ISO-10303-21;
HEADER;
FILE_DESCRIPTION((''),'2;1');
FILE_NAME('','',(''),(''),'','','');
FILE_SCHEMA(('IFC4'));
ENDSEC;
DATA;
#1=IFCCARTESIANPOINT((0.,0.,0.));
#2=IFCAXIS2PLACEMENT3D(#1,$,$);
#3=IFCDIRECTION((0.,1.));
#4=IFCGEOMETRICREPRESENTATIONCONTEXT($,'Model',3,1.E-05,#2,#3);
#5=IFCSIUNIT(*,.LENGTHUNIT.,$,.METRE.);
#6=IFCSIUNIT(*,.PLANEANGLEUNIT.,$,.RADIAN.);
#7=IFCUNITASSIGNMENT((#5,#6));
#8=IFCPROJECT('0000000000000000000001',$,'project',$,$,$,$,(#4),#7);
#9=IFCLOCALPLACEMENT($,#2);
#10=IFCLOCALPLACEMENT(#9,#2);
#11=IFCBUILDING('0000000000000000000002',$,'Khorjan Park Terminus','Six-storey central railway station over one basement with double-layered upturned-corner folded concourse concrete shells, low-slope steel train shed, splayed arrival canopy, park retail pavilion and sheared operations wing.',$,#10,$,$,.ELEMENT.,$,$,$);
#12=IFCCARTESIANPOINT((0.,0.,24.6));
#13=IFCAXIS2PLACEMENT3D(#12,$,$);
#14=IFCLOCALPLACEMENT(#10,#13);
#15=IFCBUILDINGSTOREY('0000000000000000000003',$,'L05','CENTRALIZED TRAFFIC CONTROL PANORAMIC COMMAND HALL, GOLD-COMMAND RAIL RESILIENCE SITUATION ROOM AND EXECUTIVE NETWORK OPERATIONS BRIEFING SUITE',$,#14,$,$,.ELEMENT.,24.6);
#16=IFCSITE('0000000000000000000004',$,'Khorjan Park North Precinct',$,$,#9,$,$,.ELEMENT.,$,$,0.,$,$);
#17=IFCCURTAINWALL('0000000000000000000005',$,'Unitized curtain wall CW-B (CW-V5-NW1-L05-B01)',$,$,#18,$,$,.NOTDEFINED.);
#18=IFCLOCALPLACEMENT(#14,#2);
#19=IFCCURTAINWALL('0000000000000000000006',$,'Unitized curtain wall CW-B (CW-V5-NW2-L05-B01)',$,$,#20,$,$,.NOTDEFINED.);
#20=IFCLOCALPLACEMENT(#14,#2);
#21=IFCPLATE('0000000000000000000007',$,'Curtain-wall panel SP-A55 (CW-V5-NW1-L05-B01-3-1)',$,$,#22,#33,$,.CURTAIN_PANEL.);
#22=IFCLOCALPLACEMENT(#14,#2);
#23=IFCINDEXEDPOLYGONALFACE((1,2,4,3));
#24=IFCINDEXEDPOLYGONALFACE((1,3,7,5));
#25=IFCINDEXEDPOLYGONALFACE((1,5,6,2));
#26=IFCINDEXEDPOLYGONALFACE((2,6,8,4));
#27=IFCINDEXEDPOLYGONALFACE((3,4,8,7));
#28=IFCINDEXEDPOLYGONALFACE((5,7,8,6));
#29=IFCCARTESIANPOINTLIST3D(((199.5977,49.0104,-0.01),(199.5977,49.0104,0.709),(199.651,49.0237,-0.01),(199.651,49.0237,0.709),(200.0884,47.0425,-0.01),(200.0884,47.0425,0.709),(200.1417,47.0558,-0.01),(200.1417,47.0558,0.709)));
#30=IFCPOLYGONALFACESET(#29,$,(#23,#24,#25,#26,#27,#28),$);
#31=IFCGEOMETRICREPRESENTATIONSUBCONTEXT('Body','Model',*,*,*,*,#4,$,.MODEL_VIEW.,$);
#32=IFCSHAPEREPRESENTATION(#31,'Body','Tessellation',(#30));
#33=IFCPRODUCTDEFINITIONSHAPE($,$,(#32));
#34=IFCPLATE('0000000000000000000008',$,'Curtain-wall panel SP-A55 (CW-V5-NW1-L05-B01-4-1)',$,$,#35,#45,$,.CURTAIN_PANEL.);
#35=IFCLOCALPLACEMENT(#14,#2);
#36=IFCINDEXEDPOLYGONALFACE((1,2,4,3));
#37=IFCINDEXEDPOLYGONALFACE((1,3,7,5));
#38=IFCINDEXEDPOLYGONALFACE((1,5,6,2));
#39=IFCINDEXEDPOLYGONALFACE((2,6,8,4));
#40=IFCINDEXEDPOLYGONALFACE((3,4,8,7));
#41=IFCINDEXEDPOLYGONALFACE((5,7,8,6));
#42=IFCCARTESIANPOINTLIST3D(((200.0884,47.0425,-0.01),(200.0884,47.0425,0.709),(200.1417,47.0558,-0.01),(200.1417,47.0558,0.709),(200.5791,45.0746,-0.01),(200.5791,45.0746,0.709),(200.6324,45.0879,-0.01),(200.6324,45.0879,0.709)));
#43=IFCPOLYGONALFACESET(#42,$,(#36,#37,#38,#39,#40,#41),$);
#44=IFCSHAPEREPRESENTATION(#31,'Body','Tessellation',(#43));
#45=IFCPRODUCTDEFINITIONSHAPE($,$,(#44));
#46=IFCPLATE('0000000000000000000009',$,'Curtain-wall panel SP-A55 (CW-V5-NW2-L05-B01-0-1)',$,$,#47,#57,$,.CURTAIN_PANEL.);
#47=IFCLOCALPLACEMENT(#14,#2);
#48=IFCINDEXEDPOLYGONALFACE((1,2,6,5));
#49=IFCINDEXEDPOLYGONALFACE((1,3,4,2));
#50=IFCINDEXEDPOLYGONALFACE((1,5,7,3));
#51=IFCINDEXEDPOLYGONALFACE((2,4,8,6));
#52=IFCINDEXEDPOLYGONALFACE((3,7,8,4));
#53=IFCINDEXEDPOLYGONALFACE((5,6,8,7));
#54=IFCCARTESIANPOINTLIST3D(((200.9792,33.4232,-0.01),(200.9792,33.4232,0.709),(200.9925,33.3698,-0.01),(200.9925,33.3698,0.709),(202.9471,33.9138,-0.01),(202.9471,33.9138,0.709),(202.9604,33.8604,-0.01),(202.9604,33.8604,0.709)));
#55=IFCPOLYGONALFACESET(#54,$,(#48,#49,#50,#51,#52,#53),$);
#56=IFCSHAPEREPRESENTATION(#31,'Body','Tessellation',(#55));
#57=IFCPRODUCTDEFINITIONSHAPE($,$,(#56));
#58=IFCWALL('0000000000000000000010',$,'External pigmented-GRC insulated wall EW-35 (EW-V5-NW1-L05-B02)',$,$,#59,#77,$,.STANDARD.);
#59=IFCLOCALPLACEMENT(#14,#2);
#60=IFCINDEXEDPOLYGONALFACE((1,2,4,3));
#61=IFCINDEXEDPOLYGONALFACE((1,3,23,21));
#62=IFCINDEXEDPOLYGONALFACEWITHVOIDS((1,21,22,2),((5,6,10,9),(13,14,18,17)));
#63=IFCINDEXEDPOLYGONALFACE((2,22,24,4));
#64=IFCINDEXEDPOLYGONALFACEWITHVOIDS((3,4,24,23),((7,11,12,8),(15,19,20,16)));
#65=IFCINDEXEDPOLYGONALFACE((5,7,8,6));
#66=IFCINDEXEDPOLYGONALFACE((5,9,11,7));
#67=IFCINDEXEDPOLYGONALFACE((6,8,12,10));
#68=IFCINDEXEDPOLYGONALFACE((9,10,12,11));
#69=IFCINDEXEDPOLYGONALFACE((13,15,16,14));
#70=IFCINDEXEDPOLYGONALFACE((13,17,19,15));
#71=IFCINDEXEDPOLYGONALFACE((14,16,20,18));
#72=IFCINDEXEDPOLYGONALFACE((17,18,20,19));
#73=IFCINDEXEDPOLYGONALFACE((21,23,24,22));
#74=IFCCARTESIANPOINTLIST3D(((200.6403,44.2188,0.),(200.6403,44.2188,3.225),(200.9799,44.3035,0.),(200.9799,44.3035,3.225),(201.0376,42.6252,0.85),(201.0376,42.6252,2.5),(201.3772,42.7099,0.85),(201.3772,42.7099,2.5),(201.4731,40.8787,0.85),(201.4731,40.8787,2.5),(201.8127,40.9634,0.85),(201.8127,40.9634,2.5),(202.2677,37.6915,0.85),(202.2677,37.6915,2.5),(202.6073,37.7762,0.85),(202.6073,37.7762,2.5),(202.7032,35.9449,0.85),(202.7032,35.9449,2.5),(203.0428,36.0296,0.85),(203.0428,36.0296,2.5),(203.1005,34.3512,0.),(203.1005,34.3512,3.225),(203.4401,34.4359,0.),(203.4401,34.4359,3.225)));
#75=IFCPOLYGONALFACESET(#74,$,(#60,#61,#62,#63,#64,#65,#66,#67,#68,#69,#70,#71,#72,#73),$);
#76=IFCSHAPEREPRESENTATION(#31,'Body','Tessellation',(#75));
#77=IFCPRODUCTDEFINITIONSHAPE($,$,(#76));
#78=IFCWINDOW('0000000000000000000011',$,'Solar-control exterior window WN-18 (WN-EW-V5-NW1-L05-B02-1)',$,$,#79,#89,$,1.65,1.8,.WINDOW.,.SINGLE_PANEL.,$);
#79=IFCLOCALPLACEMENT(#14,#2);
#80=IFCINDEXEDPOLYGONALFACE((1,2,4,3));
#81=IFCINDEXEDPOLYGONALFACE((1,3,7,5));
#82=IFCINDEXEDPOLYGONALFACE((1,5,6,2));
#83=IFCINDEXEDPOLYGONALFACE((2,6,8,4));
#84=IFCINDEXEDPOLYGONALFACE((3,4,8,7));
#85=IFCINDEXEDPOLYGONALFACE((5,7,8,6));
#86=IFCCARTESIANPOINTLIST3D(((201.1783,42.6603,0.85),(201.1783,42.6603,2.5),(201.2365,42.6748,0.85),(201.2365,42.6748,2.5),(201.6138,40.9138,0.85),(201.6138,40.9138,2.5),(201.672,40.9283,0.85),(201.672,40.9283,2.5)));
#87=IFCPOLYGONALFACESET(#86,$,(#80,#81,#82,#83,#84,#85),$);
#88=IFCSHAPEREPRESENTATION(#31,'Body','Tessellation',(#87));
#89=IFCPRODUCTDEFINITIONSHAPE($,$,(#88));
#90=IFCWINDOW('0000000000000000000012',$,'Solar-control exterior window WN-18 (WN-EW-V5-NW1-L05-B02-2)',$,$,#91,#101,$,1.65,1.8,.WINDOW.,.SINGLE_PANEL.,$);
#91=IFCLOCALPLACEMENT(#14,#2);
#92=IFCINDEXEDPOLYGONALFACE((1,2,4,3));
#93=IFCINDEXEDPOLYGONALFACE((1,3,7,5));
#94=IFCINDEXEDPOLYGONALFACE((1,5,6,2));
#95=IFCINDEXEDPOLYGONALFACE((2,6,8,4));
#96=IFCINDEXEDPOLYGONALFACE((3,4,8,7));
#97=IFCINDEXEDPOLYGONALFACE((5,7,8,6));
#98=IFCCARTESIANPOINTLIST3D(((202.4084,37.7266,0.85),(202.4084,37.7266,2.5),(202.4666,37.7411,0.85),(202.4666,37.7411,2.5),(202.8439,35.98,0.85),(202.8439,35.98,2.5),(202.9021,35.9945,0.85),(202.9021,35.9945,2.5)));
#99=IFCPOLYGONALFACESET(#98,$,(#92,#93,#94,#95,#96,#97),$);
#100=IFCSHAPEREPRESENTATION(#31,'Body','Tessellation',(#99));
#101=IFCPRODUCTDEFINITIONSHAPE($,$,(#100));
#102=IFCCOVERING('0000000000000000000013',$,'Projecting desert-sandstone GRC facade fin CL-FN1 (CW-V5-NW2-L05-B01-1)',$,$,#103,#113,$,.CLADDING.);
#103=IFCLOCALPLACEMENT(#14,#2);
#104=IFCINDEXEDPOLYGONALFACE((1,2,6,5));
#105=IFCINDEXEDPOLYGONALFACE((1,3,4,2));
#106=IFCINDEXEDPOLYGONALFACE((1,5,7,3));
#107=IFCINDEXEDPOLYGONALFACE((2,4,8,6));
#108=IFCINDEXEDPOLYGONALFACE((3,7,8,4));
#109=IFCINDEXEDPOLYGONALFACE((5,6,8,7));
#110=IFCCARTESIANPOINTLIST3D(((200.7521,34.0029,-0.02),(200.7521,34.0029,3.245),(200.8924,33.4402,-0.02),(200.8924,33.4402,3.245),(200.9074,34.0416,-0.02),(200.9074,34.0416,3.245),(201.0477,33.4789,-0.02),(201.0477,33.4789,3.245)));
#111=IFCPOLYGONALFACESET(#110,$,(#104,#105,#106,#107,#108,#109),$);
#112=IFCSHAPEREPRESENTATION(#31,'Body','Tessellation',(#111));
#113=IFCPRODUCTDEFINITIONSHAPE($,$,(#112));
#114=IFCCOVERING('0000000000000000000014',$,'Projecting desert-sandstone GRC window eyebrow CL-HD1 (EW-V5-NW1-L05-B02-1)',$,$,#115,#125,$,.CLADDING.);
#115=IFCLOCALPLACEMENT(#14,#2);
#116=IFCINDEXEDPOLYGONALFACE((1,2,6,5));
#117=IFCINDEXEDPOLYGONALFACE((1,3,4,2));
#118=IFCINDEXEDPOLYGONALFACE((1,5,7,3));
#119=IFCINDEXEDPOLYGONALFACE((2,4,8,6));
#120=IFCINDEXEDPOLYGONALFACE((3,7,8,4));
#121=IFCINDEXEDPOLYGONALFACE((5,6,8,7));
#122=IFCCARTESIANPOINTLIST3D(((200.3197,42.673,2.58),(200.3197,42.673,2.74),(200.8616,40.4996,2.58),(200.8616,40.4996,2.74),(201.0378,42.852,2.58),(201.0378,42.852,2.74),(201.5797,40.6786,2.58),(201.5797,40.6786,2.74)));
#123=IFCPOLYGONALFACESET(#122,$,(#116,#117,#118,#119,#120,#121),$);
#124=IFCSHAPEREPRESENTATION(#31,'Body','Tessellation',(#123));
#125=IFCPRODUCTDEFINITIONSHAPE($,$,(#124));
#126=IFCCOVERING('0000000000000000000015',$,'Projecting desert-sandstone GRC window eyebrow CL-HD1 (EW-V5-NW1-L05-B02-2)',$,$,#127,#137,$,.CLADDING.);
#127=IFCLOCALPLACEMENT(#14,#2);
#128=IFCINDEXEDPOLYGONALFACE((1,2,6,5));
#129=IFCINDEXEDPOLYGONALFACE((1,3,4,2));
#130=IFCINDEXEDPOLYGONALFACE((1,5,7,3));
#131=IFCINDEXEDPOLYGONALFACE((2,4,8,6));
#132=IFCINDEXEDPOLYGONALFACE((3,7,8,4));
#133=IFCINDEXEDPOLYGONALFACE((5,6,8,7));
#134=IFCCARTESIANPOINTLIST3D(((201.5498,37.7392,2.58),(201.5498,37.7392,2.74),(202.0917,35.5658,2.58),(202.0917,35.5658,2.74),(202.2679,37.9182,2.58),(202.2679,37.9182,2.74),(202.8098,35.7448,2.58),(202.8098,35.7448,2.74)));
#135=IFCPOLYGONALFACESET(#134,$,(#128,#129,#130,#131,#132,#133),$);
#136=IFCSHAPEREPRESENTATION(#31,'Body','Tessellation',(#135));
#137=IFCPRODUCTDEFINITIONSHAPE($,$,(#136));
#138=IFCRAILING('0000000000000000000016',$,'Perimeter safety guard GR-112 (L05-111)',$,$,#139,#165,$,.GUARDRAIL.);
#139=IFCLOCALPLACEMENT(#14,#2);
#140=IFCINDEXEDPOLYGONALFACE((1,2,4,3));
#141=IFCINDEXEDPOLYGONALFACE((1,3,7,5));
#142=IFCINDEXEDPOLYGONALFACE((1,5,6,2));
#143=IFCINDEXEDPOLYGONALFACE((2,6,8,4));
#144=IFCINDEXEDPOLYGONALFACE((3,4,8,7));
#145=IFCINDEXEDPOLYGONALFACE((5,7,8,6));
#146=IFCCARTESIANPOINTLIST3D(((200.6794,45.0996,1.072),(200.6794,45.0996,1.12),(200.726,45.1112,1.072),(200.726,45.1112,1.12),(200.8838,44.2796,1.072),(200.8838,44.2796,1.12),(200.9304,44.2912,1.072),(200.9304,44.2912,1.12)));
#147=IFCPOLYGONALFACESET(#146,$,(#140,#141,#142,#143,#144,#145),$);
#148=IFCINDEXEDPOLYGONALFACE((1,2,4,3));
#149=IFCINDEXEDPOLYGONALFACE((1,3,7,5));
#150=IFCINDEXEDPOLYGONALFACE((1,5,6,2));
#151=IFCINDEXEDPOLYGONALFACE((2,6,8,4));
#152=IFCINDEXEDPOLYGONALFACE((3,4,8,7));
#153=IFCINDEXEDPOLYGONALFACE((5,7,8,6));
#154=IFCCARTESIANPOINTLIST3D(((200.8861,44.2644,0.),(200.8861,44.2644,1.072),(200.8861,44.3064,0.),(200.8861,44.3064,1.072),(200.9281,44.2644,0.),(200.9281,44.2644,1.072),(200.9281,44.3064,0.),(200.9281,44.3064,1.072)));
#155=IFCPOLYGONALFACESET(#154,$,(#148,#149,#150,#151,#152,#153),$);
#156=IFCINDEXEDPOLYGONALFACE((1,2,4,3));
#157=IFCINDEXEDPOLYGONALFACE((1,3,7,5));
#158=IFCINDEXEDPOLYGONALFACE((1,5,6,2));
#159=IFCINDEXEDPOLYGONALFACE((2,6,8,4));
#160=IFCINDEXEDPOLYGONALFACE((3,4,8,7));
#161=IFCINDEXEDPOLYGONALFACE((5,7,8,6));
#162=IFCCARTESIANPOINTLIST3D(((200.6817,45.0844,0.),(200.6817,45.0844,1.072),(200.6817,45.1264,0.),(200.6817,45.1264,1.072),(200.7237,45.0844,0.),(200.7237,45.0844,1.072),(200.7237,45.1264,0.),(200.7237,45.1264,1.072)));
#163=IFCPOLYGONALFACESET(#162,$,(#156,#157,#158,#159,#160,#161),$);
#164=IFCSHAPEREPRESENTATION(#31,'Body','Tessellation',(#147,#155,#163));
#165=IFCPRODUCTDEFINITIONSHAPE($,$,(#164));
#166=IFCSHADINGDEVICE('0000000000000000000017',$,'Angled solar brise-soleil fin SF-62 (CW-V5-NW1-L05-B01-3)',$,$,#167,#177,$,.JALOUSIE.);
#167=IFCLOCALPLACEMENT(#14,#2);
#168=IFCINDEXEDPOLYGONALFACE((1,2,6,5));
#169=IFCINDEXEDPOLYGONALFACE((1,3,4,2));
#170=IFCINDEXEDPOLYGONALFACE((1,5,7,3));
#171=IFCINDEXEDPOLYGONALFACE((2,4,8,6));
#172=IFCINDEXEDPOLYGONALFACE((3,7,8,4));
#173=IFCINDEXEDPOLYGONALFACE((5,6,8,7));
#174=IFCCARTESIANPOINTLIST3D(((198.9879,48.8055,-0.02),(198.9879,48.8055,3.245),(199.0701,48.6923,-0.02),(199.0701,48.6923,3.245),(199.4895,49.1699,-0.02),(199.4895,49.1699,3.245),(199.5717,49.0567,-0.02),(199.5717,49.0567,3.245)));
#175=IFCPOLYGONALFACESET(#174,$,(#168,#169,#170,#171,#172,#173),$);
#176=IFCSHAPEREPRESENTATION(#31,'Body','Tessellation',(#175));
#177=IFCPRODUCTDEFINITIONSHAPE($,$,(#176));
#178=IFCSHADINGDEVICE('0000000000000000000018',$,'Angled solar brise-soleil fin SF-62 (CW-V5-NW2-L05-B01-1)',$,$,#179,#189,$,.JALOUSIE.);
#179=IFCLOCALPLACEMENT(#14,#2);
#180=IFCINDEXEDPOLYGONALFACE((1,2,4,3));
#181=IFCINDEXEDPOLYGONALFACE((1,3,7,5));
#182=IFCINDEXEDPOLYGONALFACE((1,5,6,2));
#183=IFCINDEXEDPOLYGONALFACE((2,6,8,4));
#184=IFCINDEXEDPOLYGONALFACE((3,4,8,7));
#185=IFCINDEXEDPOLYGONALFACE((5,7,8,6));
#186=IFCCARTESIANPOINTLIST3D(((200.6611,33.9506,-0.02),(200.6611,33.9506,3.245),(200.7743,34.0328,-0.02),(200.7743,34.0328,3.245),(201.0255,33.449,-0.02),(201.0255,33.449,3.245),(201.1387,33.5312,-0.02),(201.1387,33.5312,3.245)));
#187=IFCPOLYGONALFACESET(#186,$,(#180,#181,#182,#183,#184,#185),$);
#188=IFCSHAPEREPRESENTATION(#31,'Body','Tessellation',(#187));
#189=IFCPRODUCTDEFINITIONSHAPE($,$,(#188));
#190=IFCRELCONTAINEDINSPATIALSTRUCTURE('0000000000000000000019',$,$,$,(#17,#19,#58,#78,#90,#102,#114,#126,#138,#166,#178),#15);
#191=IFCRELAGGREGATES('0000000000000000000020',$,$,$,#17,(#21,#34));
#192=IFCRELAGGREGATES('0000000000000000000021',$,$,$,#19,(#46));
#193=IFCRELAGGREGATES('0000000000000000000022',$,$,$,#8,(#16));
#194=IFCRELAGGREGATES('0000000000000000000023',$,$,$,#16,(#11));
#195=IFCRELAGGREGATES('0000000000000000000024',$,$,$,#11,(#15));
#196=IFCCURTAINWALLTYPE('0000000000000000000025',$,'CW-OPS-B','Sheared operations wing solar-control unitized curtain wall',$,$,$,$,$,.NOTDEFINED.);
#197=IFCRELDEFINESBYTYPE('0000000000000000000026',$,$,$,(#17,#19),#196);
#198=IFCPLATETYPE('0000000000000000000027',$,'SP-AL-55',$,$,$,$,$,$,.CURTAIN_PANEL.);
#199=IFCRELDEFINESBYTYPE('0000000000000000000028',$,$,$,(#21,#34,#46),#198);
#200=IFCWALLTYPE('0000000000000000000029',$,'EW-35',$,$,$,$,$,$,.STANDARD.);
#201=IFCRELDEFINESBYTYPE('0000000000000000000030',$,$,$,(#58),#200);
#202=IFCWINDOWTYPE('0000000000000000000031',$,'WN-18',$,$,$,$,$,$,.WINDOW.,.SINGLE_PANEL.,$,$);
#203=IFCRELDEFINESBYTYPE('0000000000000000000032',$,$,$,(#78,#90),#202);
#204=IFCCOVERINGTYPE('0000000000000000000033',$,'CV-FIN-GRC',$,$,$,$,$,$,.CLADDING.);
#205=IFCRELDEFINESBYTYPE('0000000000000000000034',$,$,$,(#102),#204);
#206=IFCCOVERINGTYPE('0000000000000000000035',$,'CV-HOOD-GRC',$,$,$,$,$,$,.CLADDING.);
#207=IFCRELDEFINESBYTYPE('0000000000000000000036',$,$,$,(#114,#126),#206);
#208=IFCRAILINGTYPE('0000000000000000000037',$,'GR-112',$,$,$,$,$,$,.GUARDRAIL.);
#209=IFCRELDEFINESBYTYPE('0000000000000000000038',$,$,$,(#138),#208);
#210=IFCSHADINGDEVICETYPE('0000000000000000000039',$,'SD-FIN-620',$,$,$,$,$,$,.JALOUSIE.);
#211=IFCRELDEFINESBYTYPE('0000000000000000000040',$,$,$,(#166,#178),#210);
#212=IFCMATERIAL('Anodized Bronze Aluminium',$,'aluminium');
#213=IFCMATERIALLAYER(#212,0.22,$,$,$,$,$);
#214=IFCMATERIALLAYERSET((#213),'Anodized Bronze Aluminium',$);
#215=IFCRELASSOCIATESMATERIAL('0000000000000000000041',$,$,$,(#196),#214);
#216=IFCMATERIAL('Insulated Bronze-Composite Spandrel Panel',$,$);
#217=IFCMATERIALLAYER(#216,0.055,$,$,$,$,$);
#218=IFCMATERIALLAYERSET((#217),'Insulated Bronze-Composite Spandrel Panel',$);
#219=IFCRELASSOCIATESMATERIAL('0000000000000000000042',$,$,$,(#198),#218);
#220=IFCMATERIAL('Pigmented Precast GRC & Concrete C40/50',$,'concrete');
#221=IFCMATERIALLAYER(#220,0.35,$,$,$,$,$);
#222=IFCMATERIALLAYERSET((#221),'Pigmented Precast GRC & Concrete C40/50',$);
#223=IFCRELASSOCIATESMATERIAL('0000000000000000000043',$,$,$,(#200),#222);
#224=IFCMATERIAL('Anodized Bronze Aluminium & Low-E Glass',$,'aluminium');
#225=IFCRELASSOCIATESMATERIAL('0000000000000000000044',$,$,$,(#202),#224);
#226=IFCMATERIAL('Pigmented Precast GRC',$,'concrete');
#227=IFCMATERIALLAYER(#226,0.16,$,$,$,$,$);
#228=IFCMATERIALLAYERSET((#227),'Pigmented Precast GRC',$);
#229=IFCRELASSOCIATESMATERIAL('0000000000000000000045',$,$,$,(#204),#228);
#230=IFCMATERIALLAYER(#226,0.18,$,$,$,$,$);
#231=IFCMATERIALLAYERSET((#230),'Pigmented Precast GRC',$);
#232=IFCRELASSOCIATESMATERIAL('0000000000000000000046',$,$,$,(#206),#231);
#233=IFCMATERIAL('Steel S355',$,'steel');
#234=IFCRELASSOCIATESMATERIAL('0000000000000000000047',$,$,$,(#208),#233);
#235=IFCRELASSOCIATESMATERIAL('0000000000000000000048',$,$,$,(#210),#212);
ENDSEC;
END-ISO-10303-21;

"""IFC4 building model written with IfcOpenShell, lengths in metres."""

from ifc_helpers import new_model, si_unit, direction, frame, frame_2d, origin, origin_2d, place, context, subcontext, project, spatial, rectangle, extrude, material, layer, layer_set, type_object, element, fill, aggregate, save


model = new_model("IFC4")

# Units and contexts
model_context = context("Model", 3, precision=1e-05, world=origin(), true_north=direction((0.0, 1.0)))
body_context = subcontext(model_context, "Body", "Model", "MODEL_VIEW")
ifc_project = project(units=[si_unit("LENGTHUNIT", "METRE"), si_unit("PLANEANGLEUNIT", "RADIAN")], contexts=[model_context])

# Site, building, storey
site_placement = place(None, origin())
site = spatial("IfcSite", under=ifc_project, at=site_placement, Name="Khorjan Park North Precinct", CompositionType="ELEMENT", RefElevation=0.0)
building_placement = place(site_placement, origin())
building = spatial("IfcBuilding", under=site, at=building_placement, Name="Khorjan Park Terminus", Description="Six-storey central railway station over one basement with double-layered upturned-corner folded concourse concrete shells, low-slope steel train shed, splayed arrival canopy, park retail pavilion and sheared operations wing.", CompositionType="ELEMENT")
storey_placement = place(building_placement, frame((0.0, 0.0, 24.6)))
storey = spatial("IfcBuildingStorey", under=building, at=storey_placement, Name="L05", Description="CENTRALIZED TRAFFIC CONTROL PANORAMIC COMMAND HALL, GOLD-COMMAND RAIL RESILIENCE SITUATION ROOM AND EXECUTIVE NETWORK OPERATIONS BRIEFING SUITE", CompositionType="ELEMENT", Elevation=24.6)

# Shared definitions
ifc_material_1 = material(Name="Steel S355", Category="steel")

# Curtain wall
ifc_material_2 = material(Name="Anodized Bronze Aluminium", Category="aluminium")
ifc_layer_1 = layer(ifc_material_2, 0.22)
ifc_layer_set_1 = layer_set([ifc_layer_1], Name="Anodized Bronze Aluminium")
curtain_wall_type = type_object("IfcCurtainWallType", Name="CW-OPS-B", Description="Sheared operations wing solar-control unitized curtain wall", PredefinedType="NOTDEFINED", material=ifc_layer_set_1)
curtain_wall_1_placement = place(storey_placement, origin())
curtain_wall_1 = element("IfcCurtainWall", 1, at=curtain_wall_1_placement, inside=storey, type_object=curtain_wall_type, Name="Unitized curtain wall CW-B (CW-V5-NW1-L05-B01)", PredefinedType="NOTDEFINED")

# Curtain wall
curtain_wall_2_placement = place(storey_placement, origin())
curtain_wall_2 = element("IfcCurtainWall", 2, at=curtain_wall_2_placement, inside=storey, type_object=curtain_wall_type, Name="Unitized curtain wall CW-B (CW-V5-NW2-L05-B01)", PredefinedType="NOTDEFINED")

# Plates
ifc_material_3 = material(Name="Insulated Bronze-Composite Spandrel Panel")
ifc_layer_2 = layer(ifc_material_3, 0.055)
ifc_layer_set_2 = layer_set([ifc_layer_2], Name="Insulated Bronze-Composite Spandrel Panel")
plate_type_1 = type_object("IfcPlateType", Name="SP-AL-55", PredefinedType="CURTAIN_PANEL", material=ifc_layer_set_2)
plate_1_placement = place(storey_placement, frame((199.8697, 48.0331, -0.01), z_axis=(0.0, 0.0, 1.0), x_axis=(0.241932, -0.970293, 0.0)))
plate_1 = element("IfcPlate", 3, at=plate_1_placement, type_object=plate_type_1, Name="Curtain-wall panel SP-A55 (CW-V5-NW1-L05-B01-3-1)", PredefinedType="CURTAIN_PANEL", context=body_context, shape_type="SweptSolid", body=[
    extrude(rectangle(XDim=2.0282, YDim=0.055, at=origin_2d()), origin(), (0.0, 0.0, 1.0), 0.719),
])
plate_2_placement = place(storey_placement, frame((200.3604, 46.0652, -0.01), z_axis=(0.0, 0.0, 1.0), x_axis=(0.241932, -0.970293, 0.0)))
plate_2 = element("IfcPlate", 4, at=plate_2_placement, type_object=plate_type_1, Name="Curtain-wall panel SP-A55 (CW-V5-NW1-L05-B01-4-1)", PredefinedType="CURTAIN_PANEL", context=body_context, shape_type="SweptSolid", body=[
    extrude(rectangle(XDim=2.0282, YDim=0.055, at=origin_2d()), origin(), (0.0, 0.0, 1.0), 0.719),
])
aggregate(curtain_wall_1, [plate_1, plate_2])
plate_3_placement = place(storey_placement, frame((201.9698, 33.6418, -0.01), z_axis=(0.0, 0.0, 1.0), x_axis=(-0.970294, -0.241928, 0.0)))
plate_3 = element("IfcPlate", 5, at=plate_3_placement, type_object=plate_type_1, Name="Curtain-wall panel SP-A55 (CW-V5-NW2-L05-B01-0-1)", PredefinedType="CURTAIN_PANEL", context=body_context, shape_type="SweptSolid", body=[
    extrude(rectangle(XDim=2.0281, YDim=0.055, at=origin_2d()), origin(), (0.0, 0.0, 1.0), 0.719),
])
aggregate(curtain_wall_2, [plate_3])

# Wall, openings, windows
ifc_material_4 = material(Name="Pigmented Precast GRC & Concrete C40/50", Category="concrete")
ifc_layer_3 = layer(ifc_material_4, 0.35)
ifc_layer_set_3 = layer_set([ifc_layer_3], Name="Pigmented Precast GRC & Concrete C40/50")
wall_type = type_object("IfcWallType", Name="EW-35", PredefinedType="STANDARD", material=ifc_layer_set_3)
wall_placement = place(storey_placement, frame((200.8101, 44.2612, 0.0), z_axis=(0.0, 0.0, 1.0), x_axis=(0.241916, -0.970297, 0.0)))
wall = element("IfcWall", 6, at=wall_placement, inside=storey, type_object=wall_type, Name="External pigmented-GRC insulated wall EW-35 (EW-V5-NW1-L05-B02)", PredefinedType="STANDARD", context=body_context, shape_type="SweptSolid", body=[
    extrude(rectangle(XDim=10.1697, YDim=0.35, at=frame_2d((5.0849, 0.0))), origin(), (0.0, 0.0, 1.0), 3.225),
])
opening_1_placement = place(wall_placement, frame((1.6424, 0.0, 0.85)))
opening_1 = element("IfcOpeningElement", 7, at=opening_1_placement, cuts=wall, PredefinedType="OPENING", context=body_context, shape_type="SweptSolid", body=[
    extrude(rectangle(XDim=1.8, YDim=1.65, at=frame_2d((0.9, 0.825))), frame((0.0, 0.185, 0.0), z_axis=(0.0, -1.0, 0.0), x_axis=(1.0, 0.0, 0.0)), (0.0, 0.0, 1.0), 0.37),
])
opening_2_placement = place(wall_placement, frame((6.7272, 0.0, 0.85)))
opening_2 = element("IfcOpeningElement", 8, at=opening_2_placement, cuts=wall, PredefinedType="OPENING", context=body_context, shape_type="SweptSolid", body=[
    extrude(rectangle(XDim=1.8, YDim=1.65, at=frame_2d((0.9, 0.825))), frame((0.0, 0.185, 0.0), z_axis=(0.0, -1.0, 0.0), x_axis=(1.0, 0.0, 0.0)), (0.0, 0.0, 1.0), 0.37),
])
ifc_material_5 = material(Name="Anodized Bronze Aluminium & Low-E Glass", Category="aluminium")
window_type = type_object("IfcWindowType", Name="WN-18", PartitioningType="SINGLE_PANEL", PredefinedType="WINDOW", material=ifc_material_5)
window_1_placement = place(opening_1_placement, origin())
window_1 = element("IfcWindow", 9, at=window_1_placement, inside=storey, type_object=window_type, Name="Solar-control exterior window WN-18 (WN-EW-V5-NW1-L05-B02-1)", OverallHeight=1.65, OverallWidth=1.8, PartitioningType="SINGLE_PANEL", PredefinedType="WINDOW", context=body_context, shape_type="SweptSolid", body=[
    extrude(rectangle(XDim=1.8, YDim=1.65, at=frame_2d((0.9, 0.825))), frame((0.0, 0.03, 0.0), z_axis=(0.0, -1.0, 0.0), x_axis=(1.0, 0.0, 0.0)), (0.0, 0.0, 1.0), 0.06),
])
fill(opening_1, window_1)
window_2_placement = place(opening_2_placement, origin())
window_2 = element("IfcWindow", 10, at=window_2_placement, inside=storey, type_object=window_type, Name="Solar-control exterior window WN-18 (WN-EW-V5-NW1-L05-B02-2)", OverallHeight=1.65, OverallWidth=1.8, PartitioningType="SINGLE_PANEL", PredefinedType="WINDOW", context=body_context, shape_type="SweptSolid", body=[
    extrude(rectangle(XDim=1.8, YDim=1.65, at=frame_2d((0.9, 0.825))), frame((0.0, 0.03, 0.0), z_axis=(0.0, -1.0, 0.0), x_axis=(1.0, 0.0, 0.0)), (0.0, 0.0, 1.0), 0.06),
])
fill(opening_2, window_2)

# Coverings
ifc_material_6 = material(Name="Pigmented Precast GRC", Category="concrete")
ifc_layer_4 = layer(ifc_material_6, 0.16)
ifc_layer_set_4 = layer_set([ifc_layer_4], Name="Pigmented Precast GRC")
covering_type_1 = type_object("IfcCoveringType", Name="CV-FIN-GRC", PredefinedType="CLADDING", material=ifc_layer_set_4)
covering_placement = place(storey_placement, frame((200.8999, 33.7409, -0.02), z_axis=(0.0, 0.0, 1.0), x_axis=(0.241922, -0.970296, 0.0)))
element("IfcCovering", 11, at=covering_placement, inside=storey, type_object=covering_type_1, Name="Projecting desert-sandstone GRC facade fin CL-FN1 (CW-V5-NW2-L05-B01-1)", PredefinedType="CLADDING", context=body_context, shape_type="SweptSolid", body=[
    extrude(rectangle(XDim=0.58, YDim=0.16, at=origin_2d()), origin(), (0.0, 0.0, 1.0), 3.265),
])
ifc_layer_5 = layer(ifc_material_6, 0.18)
ifc_layer_set_5 = layer_set([ifc_layer_5], Name="Pigmented Precast GRC")
covering_type_2 = type_object("IfcCoveringType", Name="CV-HOOD-GRC", PredefinedType="CLADDING", material=ifc_layer_set_5)
for number, where, z_axis, x_axis, name in (
    (12, (200.9497, 41.6758, 2.58), (0.0, 0.0, 1.0), (0.241916, -0.970297, 0.0), "Projecting desert-sandstone GRC window eyebrow CL-HD1 (EW-V5-NW1-L05-B02-1)"),
    (13, (202.1798, 36.742, 2.58), (0.0, 0.0, 1.0), (0.241916, -0.970297, 0.0), "Projecting desert-sandstone GRC window eyebrow CL-HD1 (EW-V5-NW1-L05-B02-2)"),
):
    element("IfcCovering", number, at=place(storey_placement, frame(where, z_axis=z_axis, x_axis=x_axis)), inside=storey, type_object=covering_type_2, Name=name, PredefinedType="CLADDING", context=body_context, shape_type="SweptSolid", body=[
        extrude(rectangle(XDim=2.24, YDim=0.74, at=origin_2d()), origin(), (0.0, 0.0, 1.0), 0.16),
    ])

# Railing
railing_type = type_object("IfcRailingType", Name="GR-112", PredefinedType="GUARDRAIL", material=ifc_material_1)
railing_placement = place(storey_placement, frame((200.9071, 44.2854, 0.0)))
element("IfcRailing", 14, at=railing_placement, inside=storey, type_object=railing_type, Name="Perimeter safety guard GR-112 (L05-111)", PredefinedType="GUARDRAIL", context=body_context, shape_type="SweptSolid", body=[
    extrude(rectangle(XDim=0.048, YDim=0.048, at=origin_2d()), frame((0.0, 0.0, 1.096), z_axis=(-0.241867, 0.970309, 0.0), x_axis=(-0.970309, -0.241867, 0.0)), (0.0, 0.0, 1.0), 0.8451),
    extrude(rectangle(XDim=0.042, YDim=0.042, at=origin_2d()), origin(), (0.0, 0.0, 1.0), 1.072),
    extrude(rectangle(XDim=0.042, YDim=0.042, at=origin_2d()), frame((-0.2044, 0.82, 0.0)), (0.0, 0.0, 1.0), 1.072),
])

# Shading devices
shading_device_type_1 = type_object("IfcShadingDeviceType", Name="SD-FIN-620", PredefinedType="JALOUSIE", material=ifc_material_2)
for number, where, z_axis, x_axis, name in (
    (15, (199.2798, 48.9311, -0.02), (0.0, 0.0, 1.0), (0.809017, 0.587785, 0.0), "Angled solar brise-soleil fin SF-62 (CW-V5-NW1-L05-B01-3)"),
    (16, (200.8999, 33.7409, -0.02), (0.0, 0.0, 1.0), (0.587785, -0.809017, 0.0), "Angled solar brise-soleil fin SF-62 (CW-V5-NW2-L05-B01-1)"),
):
    element("IfcShadingDevice", number, at=place(storey_placement, frame(where, z_axis=z_axis, x_axis=x_axis)), inside=storey, type_object=shading_device_type_1, Name=name, PredefinedType="JALOUSIE", context=body_context, shape_type="SweptSolid", body=[
        extrude(rectangle(XDim=0.62, YDim=0.14, at=origin_2d()), origin(), (0.0, 0.0, 1.0), 3.265),
    ])

save(model, "model.ifc")
